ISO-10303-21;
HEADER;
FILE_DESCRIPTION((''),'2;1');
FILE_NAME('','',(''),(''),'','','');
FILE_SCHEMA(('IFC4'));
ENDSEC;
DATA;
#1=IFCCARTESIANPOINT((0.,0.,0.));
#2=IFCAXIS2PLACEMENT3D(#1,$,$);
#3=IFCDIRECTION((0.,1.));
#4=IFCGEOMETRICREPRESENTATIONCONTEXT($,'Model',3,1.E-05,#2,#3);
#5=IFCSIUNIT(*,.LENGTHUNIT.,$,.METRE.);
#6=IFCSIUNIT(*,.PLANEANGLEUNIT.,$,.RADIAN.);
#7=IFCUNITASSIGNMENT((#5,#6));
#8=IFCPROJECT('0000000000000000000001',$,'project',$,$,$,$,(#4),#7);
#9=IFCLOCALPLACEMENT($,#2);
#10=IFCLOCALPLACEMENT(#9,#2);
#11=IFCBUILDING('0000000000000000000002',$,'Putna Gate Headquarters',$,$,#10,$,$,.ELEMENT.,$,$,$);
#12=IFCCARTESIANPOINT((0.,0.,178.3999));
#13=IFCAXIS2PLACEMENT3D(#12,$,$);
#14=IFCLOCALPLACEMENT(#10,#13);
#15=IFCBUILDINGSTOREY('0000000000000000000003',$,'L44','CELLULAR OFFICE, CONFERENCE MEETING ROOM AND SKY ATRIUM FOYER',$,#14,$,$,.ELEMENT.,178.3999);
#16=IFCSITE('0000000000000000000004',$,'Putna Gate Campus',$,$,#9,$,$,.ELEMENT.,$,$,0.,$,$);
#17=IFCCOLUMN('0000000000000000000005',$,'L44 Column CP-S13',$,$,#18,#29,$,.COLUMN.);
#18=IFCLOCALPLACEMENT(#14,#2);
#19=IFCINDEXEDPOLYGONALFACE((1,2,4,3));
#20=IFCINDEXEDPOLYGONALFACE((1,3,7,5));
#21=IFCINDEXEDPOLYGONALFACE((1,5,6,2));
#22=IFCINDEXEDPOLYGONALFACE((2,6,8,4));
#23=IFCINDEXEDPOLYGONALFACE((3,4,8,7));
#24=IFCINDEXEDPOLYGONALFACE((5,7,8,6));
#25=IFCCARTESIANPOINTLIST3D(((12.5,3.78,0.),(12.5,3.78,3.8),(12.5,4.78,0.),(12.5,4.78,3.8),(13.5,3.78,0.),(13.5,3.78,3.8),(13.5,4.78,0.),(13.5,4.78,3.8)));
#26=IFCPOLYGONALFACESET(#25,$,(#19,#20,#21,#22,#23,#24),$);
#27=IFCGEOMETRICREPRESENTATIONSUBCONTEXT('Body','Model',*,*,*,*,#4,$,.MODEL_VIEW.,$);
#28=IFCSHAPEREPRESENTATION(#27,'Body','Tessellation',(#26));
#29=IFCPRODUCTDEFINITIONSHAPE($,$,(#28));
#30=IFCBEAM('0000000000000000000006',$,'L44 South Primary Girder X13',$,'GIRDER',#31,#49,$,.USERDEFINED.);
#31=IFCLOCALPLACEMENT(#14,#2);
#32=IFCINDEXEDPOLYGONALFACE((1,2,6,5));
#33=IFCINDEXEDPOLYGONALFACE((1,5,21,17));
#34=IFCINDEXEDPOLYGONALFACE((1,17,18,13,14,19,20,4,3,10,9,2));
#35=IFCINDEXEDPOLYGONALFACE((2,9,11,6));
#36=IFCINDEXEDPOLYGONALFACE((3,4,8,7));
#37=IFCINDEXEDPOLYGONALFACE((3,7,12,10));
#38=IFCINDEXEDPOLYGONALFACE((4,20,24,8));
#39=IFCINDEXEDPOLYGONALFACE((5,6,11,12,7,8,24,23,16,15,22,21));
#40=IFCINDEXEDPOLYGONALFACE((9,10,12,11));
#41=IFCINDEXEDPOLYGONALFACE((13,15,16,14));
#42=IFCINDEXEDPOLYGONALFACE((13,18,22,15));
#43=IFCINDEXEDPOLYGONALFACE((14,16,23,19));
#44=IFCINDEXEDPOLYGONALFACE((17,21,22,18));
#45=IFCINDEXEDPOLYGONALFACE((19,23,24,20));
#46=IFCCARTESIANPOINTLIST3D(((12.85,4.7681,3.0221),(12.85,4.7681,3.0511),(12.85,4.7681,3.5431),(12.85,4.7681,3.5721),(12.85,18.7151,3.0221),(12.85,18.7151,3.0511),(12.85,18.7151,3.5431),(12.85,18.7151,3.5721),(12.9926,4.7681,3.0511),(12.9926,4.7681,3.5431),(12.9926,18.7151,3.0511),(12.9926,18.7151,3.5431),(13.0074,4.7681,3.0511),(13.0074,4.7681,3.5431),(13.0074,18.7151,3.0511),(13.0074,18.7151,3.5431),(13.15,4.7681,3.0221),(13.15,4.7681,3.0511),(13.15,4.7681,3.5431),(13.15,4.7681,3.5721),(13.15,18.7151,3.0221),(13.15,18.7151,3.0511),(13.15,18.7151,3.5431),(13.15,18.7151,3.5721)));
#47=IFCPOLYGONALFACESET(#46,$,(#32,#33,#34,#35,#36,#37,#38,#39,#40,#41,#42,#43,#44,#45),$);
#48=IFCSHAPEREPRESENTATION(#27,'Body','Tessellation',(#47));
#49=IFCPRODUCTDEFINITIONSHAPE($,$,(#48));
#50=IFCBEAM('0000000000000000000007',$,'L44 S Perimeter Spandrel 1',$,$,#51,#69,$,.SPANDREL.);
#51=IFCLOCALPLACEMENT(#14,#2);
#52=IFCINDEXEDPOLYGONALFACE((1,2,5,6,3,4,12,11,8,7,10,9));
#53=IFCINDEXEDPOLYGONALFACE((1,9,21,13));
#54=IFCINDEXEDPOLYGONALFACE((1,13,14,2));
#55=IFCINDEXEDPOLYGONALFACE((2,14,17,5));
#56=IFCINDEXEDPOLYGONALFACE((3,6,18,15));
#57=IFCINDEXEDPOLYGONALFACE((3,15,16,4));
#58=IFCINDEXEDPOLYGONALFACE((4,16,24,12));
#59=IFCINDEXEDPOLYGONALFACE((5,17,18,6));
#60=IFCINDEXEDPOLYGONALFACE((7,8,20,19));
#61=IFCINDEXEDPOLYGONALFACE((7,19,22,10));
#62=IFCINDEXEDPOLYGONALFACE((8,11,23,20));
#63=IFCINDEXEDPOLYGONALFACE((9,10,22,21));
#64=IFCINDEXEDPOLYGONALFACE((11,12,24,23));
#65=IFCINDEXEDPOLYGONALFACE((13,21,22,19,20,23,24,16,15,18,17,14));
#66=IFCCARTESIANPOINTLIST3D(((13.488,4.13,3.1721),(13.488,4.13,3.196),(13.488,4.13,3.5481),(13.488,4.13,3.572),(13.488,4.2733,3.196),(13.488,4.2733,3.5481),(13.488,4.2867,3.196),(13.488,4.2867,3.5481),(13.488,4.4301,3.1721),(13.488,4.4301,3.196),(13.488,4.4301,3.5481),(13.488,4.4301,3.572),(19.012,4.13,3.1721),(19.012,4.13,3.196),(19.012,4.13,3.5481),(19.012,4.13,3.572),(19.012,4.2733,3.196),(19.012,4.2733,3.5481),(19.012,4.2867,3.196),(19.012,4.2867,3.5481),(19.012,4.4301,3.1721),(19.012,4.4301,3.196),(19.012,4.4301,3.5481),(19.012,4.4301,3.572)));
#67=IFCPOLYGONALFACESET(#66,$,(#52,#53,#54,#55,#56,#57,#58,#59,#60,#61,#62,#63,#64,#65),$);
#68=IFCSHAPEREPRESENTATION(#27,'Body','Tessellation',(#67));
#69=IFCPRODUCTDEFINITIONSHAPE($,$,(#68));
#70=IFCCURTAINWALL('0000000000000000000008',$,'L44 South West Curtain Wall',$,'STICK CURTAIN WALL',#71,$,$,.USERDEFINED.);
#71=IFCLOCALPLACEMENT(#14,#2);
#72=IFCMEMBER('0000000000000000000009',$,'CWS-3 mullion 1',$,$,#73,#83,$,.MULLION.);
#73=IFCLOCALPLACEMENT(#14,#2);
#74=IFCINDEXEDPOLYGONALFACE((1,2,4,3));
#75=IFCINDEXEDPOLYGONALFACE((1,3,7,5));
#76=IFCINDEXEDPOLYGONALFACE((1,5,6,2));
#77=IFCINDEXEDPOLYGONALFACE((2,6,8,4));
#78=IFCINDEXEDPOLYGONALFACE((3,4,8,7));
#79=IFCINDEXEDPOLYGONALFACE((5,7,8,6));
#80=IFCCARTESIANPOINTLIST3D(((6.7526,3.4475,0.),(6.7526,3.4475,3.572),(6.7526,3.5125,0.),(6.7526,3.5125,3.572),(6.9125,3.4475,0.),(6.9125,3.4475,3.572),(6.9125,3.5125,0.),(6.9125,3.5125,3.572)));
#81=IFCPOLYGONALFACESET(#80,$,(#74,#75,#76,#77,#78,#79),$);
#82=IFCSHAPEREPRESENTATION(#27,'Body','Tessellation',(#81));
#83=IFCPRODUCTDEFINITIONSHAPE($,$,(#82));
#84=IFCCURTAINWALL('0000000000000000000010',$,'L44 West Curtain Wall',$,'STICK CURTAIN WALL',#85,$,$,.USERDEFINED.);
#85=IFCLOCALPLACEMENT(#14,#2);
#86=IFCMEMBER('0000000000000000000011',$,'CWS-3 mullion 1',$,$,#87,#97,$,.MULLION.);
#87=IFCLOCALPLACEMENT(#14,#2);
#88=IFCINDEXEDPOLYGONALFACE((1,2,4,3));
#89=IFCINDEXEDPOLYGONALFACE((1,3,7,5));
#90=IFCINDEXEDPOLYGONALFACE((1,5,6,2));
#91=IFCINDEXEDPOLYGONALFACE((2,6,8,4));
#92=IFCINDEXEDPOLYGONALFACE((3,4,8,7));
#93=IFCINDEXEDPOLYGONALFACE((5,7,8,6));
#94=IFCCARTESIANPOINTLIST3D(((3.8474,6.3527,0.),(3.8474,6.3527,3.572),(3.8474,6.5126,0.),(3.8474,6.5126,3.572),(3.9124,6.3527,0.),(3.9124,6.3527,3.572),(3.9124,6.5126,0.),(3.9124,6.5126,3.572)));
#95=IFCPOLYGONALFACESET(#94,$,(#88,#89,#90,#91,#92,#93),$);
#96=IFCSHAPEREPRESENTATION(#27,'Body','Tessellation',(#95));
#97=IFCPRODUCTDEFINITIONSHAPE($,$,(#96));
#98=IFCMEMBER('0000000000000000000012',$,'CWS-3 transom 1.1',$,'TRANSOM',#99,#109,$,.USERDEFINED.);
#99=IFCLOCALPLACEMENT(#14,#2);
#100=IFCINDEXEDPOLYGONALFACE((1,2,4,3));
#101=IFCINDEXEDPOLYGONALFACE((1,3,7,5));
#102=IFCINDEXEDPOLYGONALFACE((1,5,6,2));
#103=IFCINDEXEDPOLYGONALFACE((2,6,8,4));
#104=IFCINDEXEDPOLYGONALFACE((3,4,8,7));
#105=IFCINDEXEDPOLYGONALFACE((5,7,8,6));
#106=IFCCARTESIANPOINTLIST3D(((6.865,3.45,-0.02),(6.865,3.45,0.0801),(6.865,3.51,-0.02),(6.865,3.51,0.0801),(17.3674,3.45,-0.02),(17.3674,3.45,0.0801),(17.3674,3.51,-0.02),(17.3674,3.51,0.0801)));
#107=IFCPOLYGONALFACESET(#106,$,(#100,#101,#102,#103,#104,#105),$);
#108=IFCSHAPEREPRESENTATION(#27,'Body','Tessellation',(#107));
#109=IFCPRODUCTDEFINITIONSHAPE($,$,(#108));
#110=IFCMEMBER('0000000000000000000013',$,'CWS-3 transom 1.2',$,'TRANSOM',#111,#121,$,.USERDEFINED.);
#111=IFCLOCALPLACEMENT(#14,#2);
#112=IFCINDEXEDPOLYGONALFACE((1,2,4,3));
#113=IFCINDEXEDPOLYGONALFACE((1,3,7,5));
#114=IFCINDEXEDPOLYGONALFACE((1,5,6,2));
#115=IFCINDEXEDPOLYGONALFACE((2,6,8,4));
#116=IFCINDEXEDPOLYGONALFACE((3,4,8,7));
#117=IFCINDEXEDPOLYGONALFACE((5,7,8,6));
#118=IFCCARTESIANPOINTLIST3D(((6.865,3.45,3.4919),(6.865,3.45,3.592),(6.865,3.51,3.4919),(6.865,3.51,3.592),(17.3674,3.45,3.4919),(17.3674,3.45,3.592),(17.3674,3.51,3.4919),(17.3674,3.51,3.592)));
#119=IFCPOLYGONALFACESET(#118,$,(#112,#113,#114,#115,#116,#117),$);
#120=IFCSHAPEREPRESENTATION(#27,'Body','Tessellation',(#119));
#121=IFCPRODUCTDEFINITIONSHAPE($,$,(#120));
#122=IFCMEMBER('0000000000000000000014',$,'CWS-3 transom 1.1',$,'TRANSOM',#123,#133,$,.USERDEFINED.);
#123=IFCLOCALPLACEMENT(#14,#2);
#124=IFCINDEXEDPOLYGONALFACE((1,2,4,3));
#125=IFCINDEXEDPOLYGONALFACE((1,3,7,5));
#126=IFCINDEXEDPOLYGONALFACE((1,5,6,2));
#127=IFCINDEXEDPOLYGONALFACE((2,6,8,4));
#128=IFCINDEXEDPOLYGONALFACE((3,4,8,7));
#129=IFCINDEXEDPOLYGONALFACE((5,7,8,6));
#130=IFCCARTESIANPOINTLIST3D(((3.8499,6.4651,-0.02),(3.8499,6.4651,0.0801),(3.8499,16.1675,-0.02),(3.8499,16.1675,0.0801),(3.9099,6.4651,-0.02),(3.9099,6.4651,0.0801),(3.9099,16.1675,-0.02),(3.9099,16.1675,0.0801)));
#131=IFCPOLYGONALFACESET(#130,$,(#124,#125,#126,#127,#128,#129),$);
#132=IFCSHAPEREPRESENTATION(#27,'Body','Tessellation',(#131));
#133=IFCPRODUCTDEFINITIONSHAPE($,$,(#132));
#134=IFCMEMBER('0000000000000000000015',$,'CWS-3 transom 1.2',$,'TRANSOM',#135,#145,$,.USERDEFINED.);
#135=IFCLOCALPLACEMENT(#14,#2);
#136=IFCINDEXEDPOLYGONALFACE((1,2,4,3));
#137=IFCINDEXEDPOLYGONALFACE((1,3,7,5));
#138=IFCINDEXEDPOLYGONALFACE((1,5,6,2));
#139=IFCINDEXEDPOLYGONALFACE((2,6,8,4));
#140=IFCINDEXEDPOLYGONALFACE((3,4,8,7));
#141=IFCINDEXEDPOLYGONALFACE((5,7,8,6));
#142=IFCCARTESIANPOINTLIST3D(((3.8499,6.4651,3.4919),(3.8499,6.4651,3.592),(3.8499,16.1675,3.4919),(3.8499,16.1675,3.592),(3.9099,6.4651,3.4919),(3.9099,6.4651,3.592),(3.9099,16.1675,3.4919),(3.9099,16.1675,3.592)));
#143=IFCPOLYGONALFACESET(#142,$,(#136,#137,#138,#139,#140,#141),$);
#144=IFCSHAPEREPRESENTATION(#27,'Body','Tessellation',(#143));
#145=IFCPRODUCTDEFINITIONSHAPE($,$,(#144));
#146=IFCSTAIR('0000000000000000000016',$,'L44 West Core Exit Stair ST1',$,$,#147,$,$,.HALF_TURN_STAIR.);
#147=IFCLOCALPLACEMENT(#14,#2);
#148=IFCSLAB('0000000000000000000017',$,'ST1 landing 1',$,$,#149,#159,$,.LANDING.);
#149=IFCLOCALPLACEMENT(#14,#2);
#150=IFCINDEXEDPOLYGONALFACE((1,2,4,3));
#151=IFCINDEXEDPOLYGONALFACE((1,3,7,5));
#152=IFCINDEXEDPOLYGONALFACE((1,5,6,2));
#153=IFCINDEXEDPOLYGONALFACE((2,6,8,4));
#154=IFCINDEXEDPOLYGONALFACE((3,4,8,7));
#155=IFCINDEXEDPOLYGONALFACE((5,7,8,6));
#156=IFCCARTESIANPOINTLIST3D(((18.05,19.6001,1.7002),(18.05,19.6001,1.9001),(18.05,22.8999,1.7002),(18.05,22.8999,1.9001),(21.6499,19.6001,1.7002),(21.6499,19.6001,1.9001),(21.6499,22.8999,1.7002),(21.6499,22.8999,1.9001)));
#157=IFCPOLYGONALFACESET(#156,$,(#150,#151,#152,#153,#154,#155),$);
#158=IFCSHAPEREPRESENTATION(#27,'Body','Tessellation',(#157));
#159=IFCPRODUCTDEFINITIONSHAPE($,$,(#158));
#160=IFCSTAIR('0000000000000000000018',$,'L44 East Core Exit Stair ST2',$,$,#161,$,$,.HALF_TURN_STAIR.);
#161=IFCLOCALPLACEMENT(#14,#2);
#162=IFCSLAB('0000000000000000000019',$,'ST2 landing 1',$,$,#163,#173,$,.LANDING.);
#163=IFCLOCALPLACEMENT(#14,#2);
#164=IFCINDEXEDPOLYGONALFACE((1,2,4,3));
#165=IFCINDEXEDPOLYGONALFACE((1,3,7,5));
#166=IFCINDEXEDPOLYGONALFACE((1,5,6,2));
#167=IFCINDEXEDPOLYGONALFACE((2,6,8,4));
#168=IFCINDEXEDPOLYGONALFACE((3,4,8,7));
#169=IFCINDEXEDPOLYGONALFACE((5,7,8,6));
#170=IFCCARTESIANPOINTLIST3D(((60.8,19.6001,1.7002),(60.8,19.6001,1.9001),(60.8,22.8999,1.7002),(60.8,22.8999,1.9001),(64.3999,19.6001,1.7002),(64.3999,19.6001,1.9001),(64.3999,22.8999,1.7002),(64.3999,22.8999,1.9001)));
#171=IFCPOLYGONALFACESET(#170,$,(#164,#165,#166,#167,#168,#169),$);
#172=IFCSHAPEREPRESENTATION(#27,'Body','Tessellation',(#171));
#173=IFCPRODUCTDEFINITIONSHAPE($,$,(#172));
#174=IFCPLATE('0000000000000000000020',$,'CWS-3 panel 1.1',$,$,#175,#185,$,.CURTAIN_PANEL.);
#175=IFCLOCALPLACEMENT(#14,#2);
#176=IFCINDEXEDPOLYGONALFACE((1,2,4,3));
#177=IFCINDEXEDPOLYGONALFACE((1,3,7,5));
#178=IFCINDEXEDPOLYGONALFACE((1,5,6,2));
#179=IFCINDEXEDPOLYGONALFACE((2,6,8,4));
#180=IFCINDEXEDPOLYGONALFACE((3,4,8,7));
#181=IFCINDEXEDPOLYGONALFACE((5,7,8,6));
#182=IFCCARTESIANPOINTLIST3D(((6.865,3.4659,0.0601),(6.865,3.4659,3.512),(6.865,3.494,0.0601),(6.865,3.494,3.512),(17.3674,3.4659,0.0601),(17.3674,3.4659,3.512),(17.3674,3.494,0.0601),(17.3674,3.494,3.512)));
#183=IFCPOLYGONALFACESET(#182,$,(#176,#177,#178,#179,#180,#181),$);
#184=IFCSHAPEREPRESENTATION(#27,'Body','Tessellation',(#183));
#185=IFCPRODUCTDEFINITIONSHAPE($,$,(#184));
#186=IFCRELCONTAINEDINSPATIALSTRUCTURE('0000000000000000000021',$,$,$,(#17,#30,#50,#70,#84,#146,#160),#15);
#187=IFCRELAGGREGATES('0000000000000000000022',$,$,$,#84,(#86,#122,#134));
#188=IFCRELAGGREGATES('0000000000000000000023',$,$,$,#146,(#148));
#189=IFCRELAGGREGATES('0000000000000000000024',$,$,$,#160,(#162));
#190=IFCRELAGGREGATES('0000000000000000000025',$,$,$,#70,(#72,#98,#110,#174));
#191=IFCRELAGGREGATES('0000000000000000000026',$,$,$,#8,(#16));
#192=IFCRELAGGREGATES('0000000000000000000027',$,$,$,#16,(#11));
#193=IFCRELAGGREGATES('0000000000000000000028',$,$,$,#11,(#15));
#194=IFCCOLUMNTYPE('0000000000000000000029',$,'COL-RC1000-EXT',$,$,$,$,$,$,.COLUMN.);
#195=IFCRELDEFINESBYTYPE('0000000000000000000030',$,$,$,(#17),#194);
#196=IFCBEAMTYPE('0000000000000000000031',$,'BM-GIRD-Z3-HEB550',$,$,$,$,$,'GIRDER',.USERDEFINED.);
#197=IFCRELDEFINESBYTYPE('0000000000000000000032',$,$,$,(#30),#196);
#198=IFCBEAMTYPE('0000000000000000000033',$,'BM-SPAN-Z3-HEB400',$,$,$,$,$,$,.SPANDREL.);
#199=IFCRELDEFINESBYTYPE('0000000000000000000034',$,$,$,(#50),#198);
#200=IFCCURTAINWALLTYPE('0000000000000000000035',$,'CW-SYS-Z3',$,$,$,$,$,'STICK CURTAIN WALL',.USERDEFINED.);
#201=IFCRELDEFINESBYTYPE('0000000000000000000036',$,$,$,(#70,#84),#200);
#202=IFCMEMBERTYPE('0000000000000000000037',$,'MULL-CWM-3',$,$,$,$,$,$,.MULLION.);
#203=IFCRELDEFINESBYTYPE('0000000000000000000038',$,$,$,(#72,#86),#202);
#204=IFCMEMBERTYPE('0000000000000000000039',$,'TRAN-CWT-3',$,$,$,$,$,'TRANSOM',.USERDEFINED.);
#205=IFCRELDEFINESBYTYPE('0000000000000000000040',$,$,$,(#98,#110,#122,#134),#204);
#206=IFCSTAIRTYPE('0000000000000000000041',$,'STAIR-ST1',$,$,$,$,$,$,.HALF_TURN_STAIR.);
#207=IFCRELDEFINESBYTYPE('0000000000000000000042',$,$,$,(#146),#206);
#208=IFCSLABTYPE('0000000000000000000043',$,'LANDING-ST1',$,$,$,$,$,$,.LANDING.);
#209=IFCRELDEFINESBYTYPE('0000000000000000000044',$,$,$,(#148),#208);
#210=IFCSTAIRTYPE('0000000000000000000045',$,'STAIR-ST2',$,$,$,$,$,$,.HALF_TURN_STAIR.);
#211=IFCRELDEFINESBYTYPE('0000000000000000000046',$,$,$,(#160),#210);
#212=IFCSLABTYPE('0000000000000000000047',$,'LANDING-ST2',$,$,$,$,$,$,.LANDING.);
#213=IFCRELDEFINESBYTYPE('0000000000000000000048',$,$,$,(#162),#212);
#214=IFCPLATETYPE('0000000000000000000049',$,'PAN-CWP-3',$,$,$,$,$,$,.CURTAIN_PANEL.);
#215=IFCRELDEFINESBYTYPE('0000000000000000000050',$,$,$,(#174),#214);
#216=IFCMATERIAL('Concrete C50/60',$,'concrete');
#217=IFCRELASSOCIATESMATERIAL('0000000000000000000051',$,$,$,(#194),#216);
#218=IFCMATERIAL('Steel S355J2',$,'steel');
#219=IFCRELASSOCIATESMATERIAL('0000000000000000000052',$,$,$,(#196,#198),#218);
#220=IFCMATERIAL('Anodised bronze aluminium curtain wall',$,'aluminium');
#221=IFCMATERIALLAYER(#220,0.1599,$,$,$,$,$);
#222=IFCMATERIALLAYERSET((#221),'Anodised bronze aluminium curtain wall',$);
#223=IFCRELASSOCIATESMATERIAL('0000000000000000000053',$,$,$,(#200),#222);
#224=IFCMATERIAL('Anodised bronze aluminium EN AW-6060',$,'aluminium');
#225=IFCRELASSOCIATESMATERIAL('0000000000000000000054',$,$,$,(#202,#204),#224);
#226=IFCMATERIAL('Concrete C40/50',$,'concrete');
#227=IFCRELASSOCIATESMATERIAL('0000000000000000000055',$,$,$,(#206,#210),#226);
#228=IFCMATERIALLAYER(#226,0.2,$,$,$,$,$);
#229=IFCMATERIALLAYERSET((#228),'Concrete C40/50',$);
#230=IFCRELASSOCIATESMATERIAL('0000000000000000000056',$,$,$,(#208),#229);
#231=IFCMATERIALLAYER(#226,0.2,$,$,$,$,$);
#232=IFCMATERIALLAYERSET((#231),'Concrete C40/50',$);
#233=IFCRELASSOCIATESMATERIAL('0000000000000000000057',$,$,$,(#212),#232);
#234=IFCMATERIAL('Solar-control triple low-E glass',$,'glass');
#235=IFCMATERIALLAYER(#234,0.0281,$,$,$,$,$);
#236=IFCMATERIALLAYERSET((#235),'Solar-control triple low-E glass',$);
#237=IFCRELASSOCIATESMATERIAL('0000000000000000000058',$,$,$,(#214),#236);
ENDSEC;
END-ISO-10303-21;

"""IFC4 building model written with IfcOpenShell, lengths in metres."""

from ifc_helpers import new_model, si_unit, direction, frame, origin, origin_2d, place, context, subcontext, project, spatial, polyline, rectangle, i_section, outline, extrude, material, layer, layer_set, material_profile, profile_set, type_object, element, aggregate, save


model = new_model("IFC4")

# Units and contexts
model_context = context("Model", 3, precision=1e-05, world=origin(), true_north=direction((0.0, 1.0)))
body_context = subcontext(model_context, "Body", "Model", "MODEL_VIEW")
ifc_project = project(units=[si_unit("LENGTHUNIT", "METRE"), si_unit("PLANEANGLEUNIT", "RADIAN")], contexts=[model_context])

# Site, building, storey
site_placement = place(None, origin())
site = spatial("IfcSite", under=ifc_project, at=site_placement, Name="Putna Gate Campus", CompositionType="ELEMENT", RefElevation=0.0)
building_placement = place(site_placement, origin())
building = spatial("IfcBuilding", under=site, at=building_placement, Name="Putna Gate Headquarters", CompositionType="ELEMENT")
storey_placement = place(building_placement, frame((0.0, 0.0, 178.3999)))
storey = spatial("IfcBuildingStorey", under=building, at=storey_placement, Name="L44", Description="CELLULAR OFFICE, CONFERENCE MEETING ROOM AND SKY ATRIUM FOYER", CompositionType="ELEMENT", Elevation=178.3999)

# Column
ifc_material_1 = material(Name="Concrete C50/60", Category="concrete")
ifc_material_profile_1 = material_profile(ifc_material_1, rectangle(XDim=1.0, YDim=1.0, at=origin_2d()), Name="Concrete C50/60")
ifc_profile_set_1 = profile_set([ifc_material_profile_1], Name="Concrete C50/60")
column_type = type_object("IfcColumnType", Name="COL-RC1000-EXT", PredefinedType="COLUMN", material=ifc_profile_set_1)
column_placement = place(storey_placement, frame((13.0, 4.28, 0.0), z_axis=(0.0, 0.0, 1.0), x_axis=(1.0, 0.0, 0.0)))
element("IfcColumn", 1, at=column_placement, inside=storey, type_object=column_type, Name="L44 Column CP-S13", PredefinedType="COLUMN", context=body_context, shape_type="SweptSolid", body=[
    extrude(rectangle(XDim=1.0, YDim=1.0, at=origin_2d()), origin(), (0.0, 0.0, 1.0), 3.8),
])

# Beams
ifc_material_2 = material(Name="Steel S355J2", Category="steel")
ifc_material_profile_2 = material_profile(ifc_material_2, i_section(OverallWidth=0.3, OverallDepth=0.55, WebThickness=0.0149, FlangeThickness=0.0291, at=origin_2d()), Name="Steel S355J2")
ifc_profile_set_2 = profile_set([ifc_material_profile_2], Name="Steel S355J2")
beam_type_1 = type_object("IfcBeamType", Name="BM-GIRD-Z3-HEB550", ElementType="GIRDER", PredefinedType="USERDEFINED", material=ifc_profile_set_2)
beam_1_placement = place(storey_placement, frame((13.0, 4.7681, 3.2971), z_axis=(0.0, 1.0, 0.0), x_axis=(-1.0, 0.0, 0.0)))
element("IfcBeam", 2, at=beam_1_placement, inside=storey, type_object=beam_type_1, Name="L44 South Primary Girder X13", ObjectType="GIRDER", PredefinedType="USERDEFINED", context=body_context, shape_type="SweptSolid", body=[
    extrude(i_section(OverallWidth=0.3, OverallDepth=0.55, WebThickness=0.0149, FlangeThickness=0.0291, at=origin_2d()), origin(), (0.0, 0.0, 1.0), 13.947),
])
ifc_material_profile_3 = material_profile(ifc_material_2, i_section(OverallWidth=0.3, OverallDepth=0.3999, WebThickness=0.0134, FlangeThickness=0.0239, at=origin_2d()), Name="Steel S355J2")
ifc_profile_set_3 = profile_set([ifc_material_profile_3], Name="Steel S355J2")
beam_type_2 = type_object("IfcBeamType", Name="BM-SPAN-Z3-HEB400", PredefinedType="SPANDREL", material=ifc_profile_set_3)
beam_2_placement = place(storey_placement, frame((13.488, 4.28, 3.3721), z_axis=(1.0, 0.0, 0.0), x_axis=(0.0, 1.0, 0.0)))
element("IfcBeam", 3, at=beam_2_placement, inside=storey, type_object=beam_type_2, Name="L44 S Perimeter Spandrel 1", PredefinedType="SPANDREL", context=body_context, shape_type="SweptSolid", body=[
    extrude(i_section(OverallWidth=0.3, OverallDepth=0.3999, WebThickness=0.0134, FlangeThickness=0.0239, at=origin_2d()), origin(), (0.0, 0.0, 1.0), 5.5239),
])

# Curtain walls, members
ifc_material_3 = material(Name="Anodised bronze aluminium curtain wall", Category="aluminium")
ifc_layer_1 = layer(ifc_material_3, 0.1599)
ifc_layer_set_1 = layer_set([ifc_layer_1], Name="Anodised bronze aluminium curtain wall")
curtain_wall_type = type_object("IfcCurtainWallType", Name="CW-SYS-Z3", ElementType="STICK CURTAIN WALL", PredefinedType="USERDEFINED", material=ifc_layer_set_1)
curtain_wall_1_placement = place(storey_placement, origin())
curtain_wall_1 = element("IfcCurtainWall", 4, at=curtain_wall_1_placement, inside=storey, type_object=curtain_wall_type, Name="L44 South West Curtain Wall", ObjectType="STICK CURTAIN WALL", PredefinedType="USERDEFINED")
ifc_material_4 = material(Name="Anodised bronze aluminium EN AW-6060", Category="aluminium")
ifc_material_profile_4 = material_profile(ifc_material_4, rectangle(XDim=0.0649, YDim=0.1599, at=origin_2d()), Name="Anodised bronze aluminium EN AW-6060")
ifc_profile_set_4 = profile_set([ifc_material_profile_4], Name="Anodised bronze aluminium EN AW-6060")
member_type_1 = type_object("IfcMemberType", Name="MULL-CWM-3", PredefinedType="MULLION", material=ifc_profile_set_4)
member_1_placement = place(storey_placement, frame((6.8325, 3.48, 0.0), z_axis=(0.0, 0.0, 1.0), x_axis=(0.0, 1.0, 0.0)))
member_1 = element("IfcMember", 5, at=member_1_placement, type_object=member_type_1, Name="CWS-3 mullion 1", PredefinedType="MULLION", context=body_context, shape_type="SweptSolid", body=[
    extrude(rectangle(XDim=0.0649, YDim=0.1599, at=origin_2d()), origin(), (0.0, 0.0, 1.0), 3.572),
])
curtain_wall_2_placement = place(storey_placement, origin())
curtain_wall_2 = element("IfcCurtainWall", 6, at=curtain_wall_2_placement, inside=storey, type_object=curtain_wall_type, Name="L44 West Curtain Wall", ObjectType="STICK CURTAIN WALL", PredefinedType="USERDEFINED")
member_2_placement = place(storey_placement, frame((3.8799, 6.4326, 0.0), z_axis=(0.0, 0.0, 1.0), x_axis=(-1.0, 0.0, 0.0)))
member_2 = element("IfcMember", 7, at=member_2_placement, type_object=member_type_1, Name="CWS-3 mullion 1", PredefinedType="MULLION", context=body_context, shape_type="SweptSolid", body=[
    extrude(rectangle(XDim=0.0649, YDim=0.1599, at=origin_2d()), origin(), (0.0, 0.0, 1.0), 3.572),
])

# Members
ifc_material_profile_5 = material_profile(ifc_material_4, rectangle(XDim=0.0601, YDim=0.1001, at=origin_2d()), Name="Anodised bronze aluminium EN AW-6060")
ifc_profile_set_5 = profile_set([ifc_material_profile_5], Name="Anodised bronze aluminium EN AW-6060")
member_type_2 = type_object("IfcMemberType", Name="TRAN-CWT-3", ElementType="TRANSOM", PredefinedType="USERDEFINED", material=ifc_profile_set_5)
member_3_placement = place(storey_placement, frame((6.865, 3.48, 0.03), z_axis=(1.0, 0.0, 0.0), x_axis=(0.0, 1.0, 0.0)))
member_3 = element("IfcMember", 8, at=member_3_placement, type_object=member_type_2, Name="CWS-3 transom 1.1", ObjectType="TRANSOM", PredefinedType="USERDEFINED", context=body_context, shape_type="SweptSolid", body=[
    extrude(rectangle(XDim=0.0601, YDim=0.1001, at=origin_2d()), origin(), (0.0, 0.0, 1.0), 10.5024),
])
member_4_placement = place(storey_placement, frame((6.865, 3.48, 3.542), z_axis=(1.0, 0.0, 0.0), x_axis=(0.0, 1.0, 0.0)))
member_4 = element("IfcMember", 9, at=member_4_placement, type_object=member_type_2, Name="CWS-3 transom 1.2", ObjectType="TRANSOM", PredefinedType="USERDEFINED", context=body_context, shape_type="SweptSolid", body=[
    extrude(rectangle(XDim=0.0601, YDim=0.1001, at=origin_2d()), origin(), (0.0, 0.0, 1.0), 10.5024),
])
member_5_placement = place(storey_placement, frame((3.8799, 6.4651, 0.03), z_axis=(0.0, 1.0, 0.0), x_axis=(-1.0, 0.0, 0.0)))
member_5 = element("IfcMember", 10, at=member_5_placement, type_object=member_type_2, Name="CWS-3 transom 1.1", ObjectType="TRANSOM", PredefinedType="USERDEFINED", context=body_context, shape_type="SweptSolid", body=[
    extrude(rectangle(XDim=0.0601, YDim=0.1001, at=origin_2d()), origin(), (0.0, 0.0, 1.0), 9.7024),
])
member_6_placement = place(storey_placement, frame((3.8799, 6.4651, 3.542), z_axis=(0.0, 1.0, 0.0), x_axis=(-1.0, 0.0, 0.0)))
member_6 = element("IfcMember", 11, at=member_6_placement, type_object=member_type_2, Name="CWS-3 transom 1.2", ObjectType="TRANSOM", PredefinedType="USERDEFINED", context=body_context, shape_type="SweptSolid", body=[
    extrude(rectangle(XDim=0.0601, YDim=0.1001, at=origin_2d()), origin(), (0.0, 0.0, 1.0), 9.7024),
])
aggregate(curtain_wall_2, [member_2, member_5, member_6])

# Stairs, slabs
ifc_material_5 = material(Name="Concrete C40/50", Category="concrete")
stair_type_1 = type_object("IfcStairType", Name="STAIR-ST1", PredefinedType="HALF_TURN_STAIR", material=ifc_material_5)
stair_1_placement = place(storey_placement, origin())
stair_1 = element("IfcStair", 12, at=stair_1_placement, inside=storey, type_object=stair_type_1, Name="L44 West Core Exit Stair ST1", PredefinedType="HALF_TURN_STAIR")
ifc_layer_2 = layer(ifc_material_5, 0.2)
ifc_layer_set_2 = layer_set([ifc_layer_2], Name="Concrete C40/50")
slab_type_1 = type_object("IfcSlabType", Name="LANDING-ST1", PredefinedType="LANDING", material=ifc_layer_set_2)
slab_1_placement = place(storey_placement, frame((0.0, 0.0, 1.7002)))
slab_1 = element("IfcSlab", 13, at=slab_1_placement, type_object=slab_type_1, Name="ST1 landing 1", PredefinedType="LANDING", context=body_context, shape_type="SweptSolid", body=[
    extrude(outline(polyline([(18.05, 19.6001), (21.6499, 19.6001), (21.6499, 22.8999), (18.05, 22.8999), (18.05, 19.6001)])), origin(), (0.0, 0.0, 1.0), 0.2),
])
aggregate(stair_1, [slab_1])
stair_type_2 = type_object("IfcStairType", Name="STAIR-ST2", PredefinedType="HALF_TURN_STAIR", material=ifc_material_5)
stair_2_placement = place(storey_placement, origin())
stair_2 = element("IfcStair", 14, at=stair_2_placement, inside=storey, type_object=stair_type_2, Name="L44 East Core Exit Stair ST2", PredefinedType="HALF_TURN_STAIR")
ifc_layer_3 = layer(ifc_material_5, 0.2)
ifc_layer_set_3 = layer_set([ifc_layer_3], Name="Concrete C40/50")
slab_type_2 = type_object("IfcSlabType", Name="LANDING-ST2", PredefinedType="LANDING", material=ifc_layer_set_3)
slab_2_placement = place(storey_placement, frame((0.0, 0.0, 1.7002)))
slab_2 = element("IfcSlab", 15, at=slab_2_placement, type_object=slab_type_2, Name="ST2 landing 1", PredefinedType="LANDING", context=body_context, shape_type="SweptSolid", body=[
    extrude(outline(polyline([(60.8, 19.6001), (64.3999, 19.6001), (64.3999, 22.8999), (60.8, 22.8999), (60.8, 19.6001)])), origin(), (0.0, 0.0, 1.0), 0.2),
])
aggregate(stair_2, [slab_2])

# Plate
ifc_material_6 = material(Name="Solar-control triple low-E glass", Category="glass")
ifc_layer_4 = layer(ifc_material_6, 0.0281)
ifc_layer_set_4 = layer_set([ifc_layer_4], Name="Solar-control triple low-E glass")
plate_type = type_object("IfcPlateType", Name="PAN-CWP-3", PredefinedType="CURTAIN_PANEL", material=ifc_layer_set_4)
plate_placement = place(storey_placement, frame((12.1162, 3.48, 0.0601), z_axis=(0.0, 0.0, 1.0), x_axis=(1.0, 0.0, 0.0)))
plate = element("IfcPlate", 16, at=plate_placement, type_object=plate_type, Name="CWS-3 panel 1.1", PredefinedType="CURTAIN_PANEL", context=body_context, shape_type="SweptSolid", body=[
    extrude(rectangle(XDim=10.5024, YDim=0.0281, at=origin_2d()), origin(), (0.0, 0.0, 1.0), 3.4519),
])
aggregate(curtain_wall_1, [member_1, member_3, member_4, plate])

save(model, "model.ifc")
